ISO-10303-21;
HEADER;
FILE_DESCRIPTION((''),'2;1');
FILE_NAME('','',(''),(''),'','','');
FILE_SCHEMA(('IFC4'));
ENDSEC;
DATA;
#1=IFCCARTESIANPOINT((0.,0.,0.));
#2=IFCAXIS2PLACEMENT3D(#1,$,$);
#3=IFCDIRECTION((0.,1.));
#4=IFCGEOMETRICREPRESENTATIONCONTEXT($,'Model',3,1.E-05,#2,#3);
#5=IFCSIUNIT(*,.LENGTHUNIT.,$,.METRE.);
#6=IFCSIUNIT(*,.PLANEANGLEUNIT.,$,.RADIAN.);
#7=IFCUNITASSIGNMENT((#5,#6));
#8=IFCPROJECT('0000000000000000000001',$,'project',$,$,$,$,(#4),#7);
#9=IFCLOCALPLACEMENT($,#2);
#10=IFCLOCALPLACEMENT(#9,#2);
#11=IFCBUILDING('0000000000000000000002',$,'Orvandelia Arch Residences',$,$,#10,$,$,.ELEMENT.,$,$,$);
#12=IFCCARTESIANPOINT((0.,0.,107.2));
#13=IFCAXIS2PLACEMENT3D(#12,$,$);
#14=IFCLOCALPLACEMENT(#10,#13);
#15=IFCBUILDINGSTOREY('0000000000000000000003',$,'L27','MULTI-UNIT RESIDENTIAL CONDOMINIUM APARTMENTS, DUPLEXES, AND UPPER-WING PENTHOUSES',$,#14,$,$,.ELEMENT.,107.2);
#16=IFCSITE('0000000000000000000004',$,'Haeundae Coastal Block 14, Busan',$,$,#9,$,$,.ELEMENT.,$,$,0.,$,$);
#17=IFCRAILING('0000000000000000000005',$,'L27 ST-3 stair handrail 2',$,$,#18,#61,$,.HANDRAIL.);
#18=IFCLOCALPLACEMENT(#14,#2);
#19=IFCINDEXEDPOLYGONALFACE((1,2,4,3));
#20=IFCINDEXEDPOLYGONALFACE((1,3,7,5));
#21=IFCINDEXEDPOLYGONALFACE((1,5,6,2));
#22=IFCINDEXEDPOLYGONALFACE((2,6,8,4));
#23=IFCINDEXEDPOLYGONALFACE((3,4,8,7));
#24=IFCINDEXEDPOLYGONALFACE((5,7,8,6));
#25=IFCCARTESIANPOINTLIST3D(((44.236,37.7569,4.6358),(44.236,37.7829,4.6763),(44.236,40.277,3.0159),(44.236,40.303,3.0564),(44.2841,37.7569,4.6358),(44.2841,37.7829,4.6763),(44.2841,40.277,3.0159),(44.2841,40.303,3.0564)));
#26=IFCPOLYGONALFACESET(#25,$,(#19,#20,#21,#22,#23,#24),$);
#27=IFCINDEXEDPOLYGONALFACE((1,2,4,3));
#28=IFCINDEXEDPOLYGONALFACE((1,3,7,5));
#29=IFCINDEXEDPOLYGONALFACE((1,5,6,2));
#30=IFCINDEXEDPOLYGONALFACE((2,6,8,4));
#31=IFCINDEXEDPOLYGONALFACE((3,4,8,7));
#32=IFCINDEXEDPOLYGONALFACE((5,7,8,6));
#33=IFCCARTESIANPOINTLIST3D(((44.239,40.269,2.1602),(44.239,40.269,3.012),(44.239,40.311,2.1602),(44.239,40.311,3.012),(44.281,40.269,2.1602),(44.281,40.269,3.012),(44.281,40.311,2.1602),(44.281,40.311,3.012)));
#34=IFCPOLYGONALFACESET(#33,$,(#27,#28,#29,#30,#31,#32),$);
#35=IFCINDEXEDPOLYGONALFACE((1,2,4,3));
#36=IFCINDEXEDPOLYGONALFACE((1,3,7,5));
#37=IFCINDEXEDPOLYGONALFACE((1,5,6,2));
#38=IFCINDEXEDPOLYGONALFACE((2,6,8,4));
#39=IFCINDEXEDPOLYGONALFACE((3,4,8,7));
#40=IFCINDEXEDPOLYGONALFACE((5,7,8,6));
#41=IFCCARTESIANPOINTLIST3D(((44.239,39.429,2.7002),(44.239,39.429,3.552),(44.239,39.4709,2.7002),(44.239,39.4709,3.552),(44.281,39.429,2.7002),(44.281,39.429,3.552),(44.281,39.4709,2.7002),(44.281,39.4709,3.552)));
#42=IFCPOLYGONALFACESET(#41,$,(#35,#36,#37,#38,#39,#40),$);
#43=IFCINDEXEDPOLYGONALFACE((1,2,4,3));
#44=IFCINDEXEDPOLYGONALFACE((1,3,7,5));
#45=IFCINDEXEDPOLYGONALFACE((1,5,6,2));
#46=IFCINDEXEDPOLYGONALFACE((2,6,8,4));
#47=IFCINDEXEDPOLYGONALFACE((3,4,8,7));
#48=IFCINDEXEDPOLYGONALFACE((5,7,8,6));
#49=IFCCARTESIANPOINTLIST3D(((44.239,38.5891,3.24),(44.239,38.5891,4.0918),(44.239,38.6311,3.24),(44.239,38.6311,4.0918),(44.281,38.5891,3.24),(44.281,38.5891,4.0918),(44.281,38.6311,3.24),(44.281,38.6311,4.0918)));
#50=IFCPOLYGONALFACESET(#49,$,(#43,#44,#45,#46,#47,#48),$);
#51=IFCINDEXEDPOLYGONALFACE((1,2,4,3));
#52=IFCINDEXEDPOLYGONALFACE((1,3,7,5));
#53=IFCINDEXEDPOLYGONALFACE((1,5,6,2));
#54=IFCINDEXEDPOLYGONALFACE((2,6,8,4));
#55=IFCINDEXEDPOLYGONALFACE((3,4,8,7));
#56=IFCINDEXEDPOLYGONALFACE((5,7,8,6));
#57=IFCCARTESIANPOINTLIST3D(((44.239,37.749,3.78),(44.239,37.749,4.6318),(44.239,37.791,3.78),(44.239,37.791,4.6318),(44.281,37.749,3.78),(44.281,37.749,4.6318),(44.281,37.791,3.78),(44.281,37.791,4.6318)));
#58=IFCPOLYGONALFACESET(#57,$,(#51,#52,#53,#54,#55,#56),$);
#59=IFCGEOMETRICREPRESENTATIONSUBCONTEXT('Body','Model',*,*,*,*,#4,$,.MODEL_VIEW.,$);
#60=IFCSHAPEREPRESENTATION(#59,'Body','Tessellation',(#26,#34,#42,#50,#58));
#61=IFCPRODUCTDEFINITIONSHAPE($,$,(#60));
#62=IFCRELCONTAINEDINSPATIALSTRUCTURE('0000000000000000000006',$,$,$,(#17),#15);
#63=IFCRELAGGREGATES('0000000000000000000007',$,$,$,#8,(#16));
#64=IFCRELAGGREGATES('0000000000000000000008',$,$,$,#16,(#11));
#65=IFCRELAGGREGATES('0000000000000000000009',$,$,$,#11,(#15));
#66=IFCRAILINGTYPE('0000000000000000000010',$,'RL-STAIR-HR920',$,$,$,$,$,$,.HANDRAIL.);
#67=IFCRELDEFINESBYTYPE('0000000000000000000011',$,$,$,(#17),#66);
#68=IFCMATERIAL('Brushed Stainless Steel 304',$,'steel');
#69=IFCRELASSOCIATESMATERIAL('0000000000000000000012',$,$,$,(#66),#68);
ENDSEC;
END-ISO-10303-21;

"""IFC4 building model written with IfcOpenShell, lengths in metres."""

from ifc_helpers import new_model, si_unit, direction, frame, origin, origin_2d, place, context, subcontext, project, spatial, rectangle, extrude, material, type_object, element, save


model = new_model("IFC4")

# Units and contexts
model_context = context("Model", 3, precision=1e-05, world=origin(), true_north=direction((0.0, 1.0)))
body_context = subcontext(model_context, "Body", "Model", "MODEL_VIEW")
ifc_project = project(units=[si_unit("LENGTHUNIT", "METRE"), si_unit("PLANEANGLEUNIT", "RADIAN")], contexts=[model_context])

# Site, building, storey
site_placement = place(None, origin())
site = spatial("IfcSite", under=ifc_project, at=site_placement, Name="Haeundae Coastal Block 14, Busan", CompositionType="ELEMENT", RefElevation=0.0)
building_placement = place(site_placement, origin())
building = spatial("IfcBuilding", under=site, at=building_placement, Name="Orvandelia Arch Residences", CompositionType="ELEMENT")
storey_placement = place(building_placement, frame((0.0, 0.0, 107.2)))
storey = spatial("IfcBuildingStorey", under=building, at=storey_placement, Name="L27", Description="MULTI-UNIT RESIDENTIAL CONDOMINIUM APARTMENTS, DUPLEXES, AND UPPER-WING PENTHOUSES", CompositionType="ELEMENT", Elevation=107.2)

# Railing
ifc_material_1 = material(Name="Brushed Stainless Steel 304", Category="steel")
railing_type_1 = type_object("IfcRailingType", Name="RL-STAIR-HR920", PredefinedType="HANDRAIL", material=ifc_material_1)
railing_1_placement = place(storey_placement, frame((44.26, 40.29, 2.1602)))
element("IfcRailing", 1, at=railing_1_placement, inside=storey, type_object=railing_type_1, Name="L27 ST-3 stair handrail 2", PredefinedType="HANDRAIL", context=body_context, shape_type="SweptSolid", body=[
    extrude(rectangle(XDim=0.0481, YDim=0.0481, at=origin_2d()), frame((0.0, 0.0, 0.876), z_axis=(0.0, -0.8412, 0.540725), x_axis=(1.0, 0.0, 0.0)), (0.0, 0.0, 1.0), 2.9958),
    extrude(rectangle(XDim=0.042, YDim=0.042, at=origin_2d()), origin(), (0.0, 0.0, 1.0), 0.8518),
    extrude(rectangle(XDim=0.042, YDim=0.042, at=origin_2d()), frame((0.0, -0.8401, 0.54)), (0.0, 0.0, 1.0), 0.8518),
    extrude(rectangle(XDim=0.042, YDim=0.042, at=origin_2d()), frame((0.0, -1.6799, 1.0798)), (0.0, 0.0, 1.0), 0.8518),
    extrude(rectangle(XDim=0.042, YDim=0.042, at=origin_2d()), frame((0.0, -2.52, 1.6199)), (0.0, 0.0, 1.0), 0.8518),
])

save(model, "model.ifc")
